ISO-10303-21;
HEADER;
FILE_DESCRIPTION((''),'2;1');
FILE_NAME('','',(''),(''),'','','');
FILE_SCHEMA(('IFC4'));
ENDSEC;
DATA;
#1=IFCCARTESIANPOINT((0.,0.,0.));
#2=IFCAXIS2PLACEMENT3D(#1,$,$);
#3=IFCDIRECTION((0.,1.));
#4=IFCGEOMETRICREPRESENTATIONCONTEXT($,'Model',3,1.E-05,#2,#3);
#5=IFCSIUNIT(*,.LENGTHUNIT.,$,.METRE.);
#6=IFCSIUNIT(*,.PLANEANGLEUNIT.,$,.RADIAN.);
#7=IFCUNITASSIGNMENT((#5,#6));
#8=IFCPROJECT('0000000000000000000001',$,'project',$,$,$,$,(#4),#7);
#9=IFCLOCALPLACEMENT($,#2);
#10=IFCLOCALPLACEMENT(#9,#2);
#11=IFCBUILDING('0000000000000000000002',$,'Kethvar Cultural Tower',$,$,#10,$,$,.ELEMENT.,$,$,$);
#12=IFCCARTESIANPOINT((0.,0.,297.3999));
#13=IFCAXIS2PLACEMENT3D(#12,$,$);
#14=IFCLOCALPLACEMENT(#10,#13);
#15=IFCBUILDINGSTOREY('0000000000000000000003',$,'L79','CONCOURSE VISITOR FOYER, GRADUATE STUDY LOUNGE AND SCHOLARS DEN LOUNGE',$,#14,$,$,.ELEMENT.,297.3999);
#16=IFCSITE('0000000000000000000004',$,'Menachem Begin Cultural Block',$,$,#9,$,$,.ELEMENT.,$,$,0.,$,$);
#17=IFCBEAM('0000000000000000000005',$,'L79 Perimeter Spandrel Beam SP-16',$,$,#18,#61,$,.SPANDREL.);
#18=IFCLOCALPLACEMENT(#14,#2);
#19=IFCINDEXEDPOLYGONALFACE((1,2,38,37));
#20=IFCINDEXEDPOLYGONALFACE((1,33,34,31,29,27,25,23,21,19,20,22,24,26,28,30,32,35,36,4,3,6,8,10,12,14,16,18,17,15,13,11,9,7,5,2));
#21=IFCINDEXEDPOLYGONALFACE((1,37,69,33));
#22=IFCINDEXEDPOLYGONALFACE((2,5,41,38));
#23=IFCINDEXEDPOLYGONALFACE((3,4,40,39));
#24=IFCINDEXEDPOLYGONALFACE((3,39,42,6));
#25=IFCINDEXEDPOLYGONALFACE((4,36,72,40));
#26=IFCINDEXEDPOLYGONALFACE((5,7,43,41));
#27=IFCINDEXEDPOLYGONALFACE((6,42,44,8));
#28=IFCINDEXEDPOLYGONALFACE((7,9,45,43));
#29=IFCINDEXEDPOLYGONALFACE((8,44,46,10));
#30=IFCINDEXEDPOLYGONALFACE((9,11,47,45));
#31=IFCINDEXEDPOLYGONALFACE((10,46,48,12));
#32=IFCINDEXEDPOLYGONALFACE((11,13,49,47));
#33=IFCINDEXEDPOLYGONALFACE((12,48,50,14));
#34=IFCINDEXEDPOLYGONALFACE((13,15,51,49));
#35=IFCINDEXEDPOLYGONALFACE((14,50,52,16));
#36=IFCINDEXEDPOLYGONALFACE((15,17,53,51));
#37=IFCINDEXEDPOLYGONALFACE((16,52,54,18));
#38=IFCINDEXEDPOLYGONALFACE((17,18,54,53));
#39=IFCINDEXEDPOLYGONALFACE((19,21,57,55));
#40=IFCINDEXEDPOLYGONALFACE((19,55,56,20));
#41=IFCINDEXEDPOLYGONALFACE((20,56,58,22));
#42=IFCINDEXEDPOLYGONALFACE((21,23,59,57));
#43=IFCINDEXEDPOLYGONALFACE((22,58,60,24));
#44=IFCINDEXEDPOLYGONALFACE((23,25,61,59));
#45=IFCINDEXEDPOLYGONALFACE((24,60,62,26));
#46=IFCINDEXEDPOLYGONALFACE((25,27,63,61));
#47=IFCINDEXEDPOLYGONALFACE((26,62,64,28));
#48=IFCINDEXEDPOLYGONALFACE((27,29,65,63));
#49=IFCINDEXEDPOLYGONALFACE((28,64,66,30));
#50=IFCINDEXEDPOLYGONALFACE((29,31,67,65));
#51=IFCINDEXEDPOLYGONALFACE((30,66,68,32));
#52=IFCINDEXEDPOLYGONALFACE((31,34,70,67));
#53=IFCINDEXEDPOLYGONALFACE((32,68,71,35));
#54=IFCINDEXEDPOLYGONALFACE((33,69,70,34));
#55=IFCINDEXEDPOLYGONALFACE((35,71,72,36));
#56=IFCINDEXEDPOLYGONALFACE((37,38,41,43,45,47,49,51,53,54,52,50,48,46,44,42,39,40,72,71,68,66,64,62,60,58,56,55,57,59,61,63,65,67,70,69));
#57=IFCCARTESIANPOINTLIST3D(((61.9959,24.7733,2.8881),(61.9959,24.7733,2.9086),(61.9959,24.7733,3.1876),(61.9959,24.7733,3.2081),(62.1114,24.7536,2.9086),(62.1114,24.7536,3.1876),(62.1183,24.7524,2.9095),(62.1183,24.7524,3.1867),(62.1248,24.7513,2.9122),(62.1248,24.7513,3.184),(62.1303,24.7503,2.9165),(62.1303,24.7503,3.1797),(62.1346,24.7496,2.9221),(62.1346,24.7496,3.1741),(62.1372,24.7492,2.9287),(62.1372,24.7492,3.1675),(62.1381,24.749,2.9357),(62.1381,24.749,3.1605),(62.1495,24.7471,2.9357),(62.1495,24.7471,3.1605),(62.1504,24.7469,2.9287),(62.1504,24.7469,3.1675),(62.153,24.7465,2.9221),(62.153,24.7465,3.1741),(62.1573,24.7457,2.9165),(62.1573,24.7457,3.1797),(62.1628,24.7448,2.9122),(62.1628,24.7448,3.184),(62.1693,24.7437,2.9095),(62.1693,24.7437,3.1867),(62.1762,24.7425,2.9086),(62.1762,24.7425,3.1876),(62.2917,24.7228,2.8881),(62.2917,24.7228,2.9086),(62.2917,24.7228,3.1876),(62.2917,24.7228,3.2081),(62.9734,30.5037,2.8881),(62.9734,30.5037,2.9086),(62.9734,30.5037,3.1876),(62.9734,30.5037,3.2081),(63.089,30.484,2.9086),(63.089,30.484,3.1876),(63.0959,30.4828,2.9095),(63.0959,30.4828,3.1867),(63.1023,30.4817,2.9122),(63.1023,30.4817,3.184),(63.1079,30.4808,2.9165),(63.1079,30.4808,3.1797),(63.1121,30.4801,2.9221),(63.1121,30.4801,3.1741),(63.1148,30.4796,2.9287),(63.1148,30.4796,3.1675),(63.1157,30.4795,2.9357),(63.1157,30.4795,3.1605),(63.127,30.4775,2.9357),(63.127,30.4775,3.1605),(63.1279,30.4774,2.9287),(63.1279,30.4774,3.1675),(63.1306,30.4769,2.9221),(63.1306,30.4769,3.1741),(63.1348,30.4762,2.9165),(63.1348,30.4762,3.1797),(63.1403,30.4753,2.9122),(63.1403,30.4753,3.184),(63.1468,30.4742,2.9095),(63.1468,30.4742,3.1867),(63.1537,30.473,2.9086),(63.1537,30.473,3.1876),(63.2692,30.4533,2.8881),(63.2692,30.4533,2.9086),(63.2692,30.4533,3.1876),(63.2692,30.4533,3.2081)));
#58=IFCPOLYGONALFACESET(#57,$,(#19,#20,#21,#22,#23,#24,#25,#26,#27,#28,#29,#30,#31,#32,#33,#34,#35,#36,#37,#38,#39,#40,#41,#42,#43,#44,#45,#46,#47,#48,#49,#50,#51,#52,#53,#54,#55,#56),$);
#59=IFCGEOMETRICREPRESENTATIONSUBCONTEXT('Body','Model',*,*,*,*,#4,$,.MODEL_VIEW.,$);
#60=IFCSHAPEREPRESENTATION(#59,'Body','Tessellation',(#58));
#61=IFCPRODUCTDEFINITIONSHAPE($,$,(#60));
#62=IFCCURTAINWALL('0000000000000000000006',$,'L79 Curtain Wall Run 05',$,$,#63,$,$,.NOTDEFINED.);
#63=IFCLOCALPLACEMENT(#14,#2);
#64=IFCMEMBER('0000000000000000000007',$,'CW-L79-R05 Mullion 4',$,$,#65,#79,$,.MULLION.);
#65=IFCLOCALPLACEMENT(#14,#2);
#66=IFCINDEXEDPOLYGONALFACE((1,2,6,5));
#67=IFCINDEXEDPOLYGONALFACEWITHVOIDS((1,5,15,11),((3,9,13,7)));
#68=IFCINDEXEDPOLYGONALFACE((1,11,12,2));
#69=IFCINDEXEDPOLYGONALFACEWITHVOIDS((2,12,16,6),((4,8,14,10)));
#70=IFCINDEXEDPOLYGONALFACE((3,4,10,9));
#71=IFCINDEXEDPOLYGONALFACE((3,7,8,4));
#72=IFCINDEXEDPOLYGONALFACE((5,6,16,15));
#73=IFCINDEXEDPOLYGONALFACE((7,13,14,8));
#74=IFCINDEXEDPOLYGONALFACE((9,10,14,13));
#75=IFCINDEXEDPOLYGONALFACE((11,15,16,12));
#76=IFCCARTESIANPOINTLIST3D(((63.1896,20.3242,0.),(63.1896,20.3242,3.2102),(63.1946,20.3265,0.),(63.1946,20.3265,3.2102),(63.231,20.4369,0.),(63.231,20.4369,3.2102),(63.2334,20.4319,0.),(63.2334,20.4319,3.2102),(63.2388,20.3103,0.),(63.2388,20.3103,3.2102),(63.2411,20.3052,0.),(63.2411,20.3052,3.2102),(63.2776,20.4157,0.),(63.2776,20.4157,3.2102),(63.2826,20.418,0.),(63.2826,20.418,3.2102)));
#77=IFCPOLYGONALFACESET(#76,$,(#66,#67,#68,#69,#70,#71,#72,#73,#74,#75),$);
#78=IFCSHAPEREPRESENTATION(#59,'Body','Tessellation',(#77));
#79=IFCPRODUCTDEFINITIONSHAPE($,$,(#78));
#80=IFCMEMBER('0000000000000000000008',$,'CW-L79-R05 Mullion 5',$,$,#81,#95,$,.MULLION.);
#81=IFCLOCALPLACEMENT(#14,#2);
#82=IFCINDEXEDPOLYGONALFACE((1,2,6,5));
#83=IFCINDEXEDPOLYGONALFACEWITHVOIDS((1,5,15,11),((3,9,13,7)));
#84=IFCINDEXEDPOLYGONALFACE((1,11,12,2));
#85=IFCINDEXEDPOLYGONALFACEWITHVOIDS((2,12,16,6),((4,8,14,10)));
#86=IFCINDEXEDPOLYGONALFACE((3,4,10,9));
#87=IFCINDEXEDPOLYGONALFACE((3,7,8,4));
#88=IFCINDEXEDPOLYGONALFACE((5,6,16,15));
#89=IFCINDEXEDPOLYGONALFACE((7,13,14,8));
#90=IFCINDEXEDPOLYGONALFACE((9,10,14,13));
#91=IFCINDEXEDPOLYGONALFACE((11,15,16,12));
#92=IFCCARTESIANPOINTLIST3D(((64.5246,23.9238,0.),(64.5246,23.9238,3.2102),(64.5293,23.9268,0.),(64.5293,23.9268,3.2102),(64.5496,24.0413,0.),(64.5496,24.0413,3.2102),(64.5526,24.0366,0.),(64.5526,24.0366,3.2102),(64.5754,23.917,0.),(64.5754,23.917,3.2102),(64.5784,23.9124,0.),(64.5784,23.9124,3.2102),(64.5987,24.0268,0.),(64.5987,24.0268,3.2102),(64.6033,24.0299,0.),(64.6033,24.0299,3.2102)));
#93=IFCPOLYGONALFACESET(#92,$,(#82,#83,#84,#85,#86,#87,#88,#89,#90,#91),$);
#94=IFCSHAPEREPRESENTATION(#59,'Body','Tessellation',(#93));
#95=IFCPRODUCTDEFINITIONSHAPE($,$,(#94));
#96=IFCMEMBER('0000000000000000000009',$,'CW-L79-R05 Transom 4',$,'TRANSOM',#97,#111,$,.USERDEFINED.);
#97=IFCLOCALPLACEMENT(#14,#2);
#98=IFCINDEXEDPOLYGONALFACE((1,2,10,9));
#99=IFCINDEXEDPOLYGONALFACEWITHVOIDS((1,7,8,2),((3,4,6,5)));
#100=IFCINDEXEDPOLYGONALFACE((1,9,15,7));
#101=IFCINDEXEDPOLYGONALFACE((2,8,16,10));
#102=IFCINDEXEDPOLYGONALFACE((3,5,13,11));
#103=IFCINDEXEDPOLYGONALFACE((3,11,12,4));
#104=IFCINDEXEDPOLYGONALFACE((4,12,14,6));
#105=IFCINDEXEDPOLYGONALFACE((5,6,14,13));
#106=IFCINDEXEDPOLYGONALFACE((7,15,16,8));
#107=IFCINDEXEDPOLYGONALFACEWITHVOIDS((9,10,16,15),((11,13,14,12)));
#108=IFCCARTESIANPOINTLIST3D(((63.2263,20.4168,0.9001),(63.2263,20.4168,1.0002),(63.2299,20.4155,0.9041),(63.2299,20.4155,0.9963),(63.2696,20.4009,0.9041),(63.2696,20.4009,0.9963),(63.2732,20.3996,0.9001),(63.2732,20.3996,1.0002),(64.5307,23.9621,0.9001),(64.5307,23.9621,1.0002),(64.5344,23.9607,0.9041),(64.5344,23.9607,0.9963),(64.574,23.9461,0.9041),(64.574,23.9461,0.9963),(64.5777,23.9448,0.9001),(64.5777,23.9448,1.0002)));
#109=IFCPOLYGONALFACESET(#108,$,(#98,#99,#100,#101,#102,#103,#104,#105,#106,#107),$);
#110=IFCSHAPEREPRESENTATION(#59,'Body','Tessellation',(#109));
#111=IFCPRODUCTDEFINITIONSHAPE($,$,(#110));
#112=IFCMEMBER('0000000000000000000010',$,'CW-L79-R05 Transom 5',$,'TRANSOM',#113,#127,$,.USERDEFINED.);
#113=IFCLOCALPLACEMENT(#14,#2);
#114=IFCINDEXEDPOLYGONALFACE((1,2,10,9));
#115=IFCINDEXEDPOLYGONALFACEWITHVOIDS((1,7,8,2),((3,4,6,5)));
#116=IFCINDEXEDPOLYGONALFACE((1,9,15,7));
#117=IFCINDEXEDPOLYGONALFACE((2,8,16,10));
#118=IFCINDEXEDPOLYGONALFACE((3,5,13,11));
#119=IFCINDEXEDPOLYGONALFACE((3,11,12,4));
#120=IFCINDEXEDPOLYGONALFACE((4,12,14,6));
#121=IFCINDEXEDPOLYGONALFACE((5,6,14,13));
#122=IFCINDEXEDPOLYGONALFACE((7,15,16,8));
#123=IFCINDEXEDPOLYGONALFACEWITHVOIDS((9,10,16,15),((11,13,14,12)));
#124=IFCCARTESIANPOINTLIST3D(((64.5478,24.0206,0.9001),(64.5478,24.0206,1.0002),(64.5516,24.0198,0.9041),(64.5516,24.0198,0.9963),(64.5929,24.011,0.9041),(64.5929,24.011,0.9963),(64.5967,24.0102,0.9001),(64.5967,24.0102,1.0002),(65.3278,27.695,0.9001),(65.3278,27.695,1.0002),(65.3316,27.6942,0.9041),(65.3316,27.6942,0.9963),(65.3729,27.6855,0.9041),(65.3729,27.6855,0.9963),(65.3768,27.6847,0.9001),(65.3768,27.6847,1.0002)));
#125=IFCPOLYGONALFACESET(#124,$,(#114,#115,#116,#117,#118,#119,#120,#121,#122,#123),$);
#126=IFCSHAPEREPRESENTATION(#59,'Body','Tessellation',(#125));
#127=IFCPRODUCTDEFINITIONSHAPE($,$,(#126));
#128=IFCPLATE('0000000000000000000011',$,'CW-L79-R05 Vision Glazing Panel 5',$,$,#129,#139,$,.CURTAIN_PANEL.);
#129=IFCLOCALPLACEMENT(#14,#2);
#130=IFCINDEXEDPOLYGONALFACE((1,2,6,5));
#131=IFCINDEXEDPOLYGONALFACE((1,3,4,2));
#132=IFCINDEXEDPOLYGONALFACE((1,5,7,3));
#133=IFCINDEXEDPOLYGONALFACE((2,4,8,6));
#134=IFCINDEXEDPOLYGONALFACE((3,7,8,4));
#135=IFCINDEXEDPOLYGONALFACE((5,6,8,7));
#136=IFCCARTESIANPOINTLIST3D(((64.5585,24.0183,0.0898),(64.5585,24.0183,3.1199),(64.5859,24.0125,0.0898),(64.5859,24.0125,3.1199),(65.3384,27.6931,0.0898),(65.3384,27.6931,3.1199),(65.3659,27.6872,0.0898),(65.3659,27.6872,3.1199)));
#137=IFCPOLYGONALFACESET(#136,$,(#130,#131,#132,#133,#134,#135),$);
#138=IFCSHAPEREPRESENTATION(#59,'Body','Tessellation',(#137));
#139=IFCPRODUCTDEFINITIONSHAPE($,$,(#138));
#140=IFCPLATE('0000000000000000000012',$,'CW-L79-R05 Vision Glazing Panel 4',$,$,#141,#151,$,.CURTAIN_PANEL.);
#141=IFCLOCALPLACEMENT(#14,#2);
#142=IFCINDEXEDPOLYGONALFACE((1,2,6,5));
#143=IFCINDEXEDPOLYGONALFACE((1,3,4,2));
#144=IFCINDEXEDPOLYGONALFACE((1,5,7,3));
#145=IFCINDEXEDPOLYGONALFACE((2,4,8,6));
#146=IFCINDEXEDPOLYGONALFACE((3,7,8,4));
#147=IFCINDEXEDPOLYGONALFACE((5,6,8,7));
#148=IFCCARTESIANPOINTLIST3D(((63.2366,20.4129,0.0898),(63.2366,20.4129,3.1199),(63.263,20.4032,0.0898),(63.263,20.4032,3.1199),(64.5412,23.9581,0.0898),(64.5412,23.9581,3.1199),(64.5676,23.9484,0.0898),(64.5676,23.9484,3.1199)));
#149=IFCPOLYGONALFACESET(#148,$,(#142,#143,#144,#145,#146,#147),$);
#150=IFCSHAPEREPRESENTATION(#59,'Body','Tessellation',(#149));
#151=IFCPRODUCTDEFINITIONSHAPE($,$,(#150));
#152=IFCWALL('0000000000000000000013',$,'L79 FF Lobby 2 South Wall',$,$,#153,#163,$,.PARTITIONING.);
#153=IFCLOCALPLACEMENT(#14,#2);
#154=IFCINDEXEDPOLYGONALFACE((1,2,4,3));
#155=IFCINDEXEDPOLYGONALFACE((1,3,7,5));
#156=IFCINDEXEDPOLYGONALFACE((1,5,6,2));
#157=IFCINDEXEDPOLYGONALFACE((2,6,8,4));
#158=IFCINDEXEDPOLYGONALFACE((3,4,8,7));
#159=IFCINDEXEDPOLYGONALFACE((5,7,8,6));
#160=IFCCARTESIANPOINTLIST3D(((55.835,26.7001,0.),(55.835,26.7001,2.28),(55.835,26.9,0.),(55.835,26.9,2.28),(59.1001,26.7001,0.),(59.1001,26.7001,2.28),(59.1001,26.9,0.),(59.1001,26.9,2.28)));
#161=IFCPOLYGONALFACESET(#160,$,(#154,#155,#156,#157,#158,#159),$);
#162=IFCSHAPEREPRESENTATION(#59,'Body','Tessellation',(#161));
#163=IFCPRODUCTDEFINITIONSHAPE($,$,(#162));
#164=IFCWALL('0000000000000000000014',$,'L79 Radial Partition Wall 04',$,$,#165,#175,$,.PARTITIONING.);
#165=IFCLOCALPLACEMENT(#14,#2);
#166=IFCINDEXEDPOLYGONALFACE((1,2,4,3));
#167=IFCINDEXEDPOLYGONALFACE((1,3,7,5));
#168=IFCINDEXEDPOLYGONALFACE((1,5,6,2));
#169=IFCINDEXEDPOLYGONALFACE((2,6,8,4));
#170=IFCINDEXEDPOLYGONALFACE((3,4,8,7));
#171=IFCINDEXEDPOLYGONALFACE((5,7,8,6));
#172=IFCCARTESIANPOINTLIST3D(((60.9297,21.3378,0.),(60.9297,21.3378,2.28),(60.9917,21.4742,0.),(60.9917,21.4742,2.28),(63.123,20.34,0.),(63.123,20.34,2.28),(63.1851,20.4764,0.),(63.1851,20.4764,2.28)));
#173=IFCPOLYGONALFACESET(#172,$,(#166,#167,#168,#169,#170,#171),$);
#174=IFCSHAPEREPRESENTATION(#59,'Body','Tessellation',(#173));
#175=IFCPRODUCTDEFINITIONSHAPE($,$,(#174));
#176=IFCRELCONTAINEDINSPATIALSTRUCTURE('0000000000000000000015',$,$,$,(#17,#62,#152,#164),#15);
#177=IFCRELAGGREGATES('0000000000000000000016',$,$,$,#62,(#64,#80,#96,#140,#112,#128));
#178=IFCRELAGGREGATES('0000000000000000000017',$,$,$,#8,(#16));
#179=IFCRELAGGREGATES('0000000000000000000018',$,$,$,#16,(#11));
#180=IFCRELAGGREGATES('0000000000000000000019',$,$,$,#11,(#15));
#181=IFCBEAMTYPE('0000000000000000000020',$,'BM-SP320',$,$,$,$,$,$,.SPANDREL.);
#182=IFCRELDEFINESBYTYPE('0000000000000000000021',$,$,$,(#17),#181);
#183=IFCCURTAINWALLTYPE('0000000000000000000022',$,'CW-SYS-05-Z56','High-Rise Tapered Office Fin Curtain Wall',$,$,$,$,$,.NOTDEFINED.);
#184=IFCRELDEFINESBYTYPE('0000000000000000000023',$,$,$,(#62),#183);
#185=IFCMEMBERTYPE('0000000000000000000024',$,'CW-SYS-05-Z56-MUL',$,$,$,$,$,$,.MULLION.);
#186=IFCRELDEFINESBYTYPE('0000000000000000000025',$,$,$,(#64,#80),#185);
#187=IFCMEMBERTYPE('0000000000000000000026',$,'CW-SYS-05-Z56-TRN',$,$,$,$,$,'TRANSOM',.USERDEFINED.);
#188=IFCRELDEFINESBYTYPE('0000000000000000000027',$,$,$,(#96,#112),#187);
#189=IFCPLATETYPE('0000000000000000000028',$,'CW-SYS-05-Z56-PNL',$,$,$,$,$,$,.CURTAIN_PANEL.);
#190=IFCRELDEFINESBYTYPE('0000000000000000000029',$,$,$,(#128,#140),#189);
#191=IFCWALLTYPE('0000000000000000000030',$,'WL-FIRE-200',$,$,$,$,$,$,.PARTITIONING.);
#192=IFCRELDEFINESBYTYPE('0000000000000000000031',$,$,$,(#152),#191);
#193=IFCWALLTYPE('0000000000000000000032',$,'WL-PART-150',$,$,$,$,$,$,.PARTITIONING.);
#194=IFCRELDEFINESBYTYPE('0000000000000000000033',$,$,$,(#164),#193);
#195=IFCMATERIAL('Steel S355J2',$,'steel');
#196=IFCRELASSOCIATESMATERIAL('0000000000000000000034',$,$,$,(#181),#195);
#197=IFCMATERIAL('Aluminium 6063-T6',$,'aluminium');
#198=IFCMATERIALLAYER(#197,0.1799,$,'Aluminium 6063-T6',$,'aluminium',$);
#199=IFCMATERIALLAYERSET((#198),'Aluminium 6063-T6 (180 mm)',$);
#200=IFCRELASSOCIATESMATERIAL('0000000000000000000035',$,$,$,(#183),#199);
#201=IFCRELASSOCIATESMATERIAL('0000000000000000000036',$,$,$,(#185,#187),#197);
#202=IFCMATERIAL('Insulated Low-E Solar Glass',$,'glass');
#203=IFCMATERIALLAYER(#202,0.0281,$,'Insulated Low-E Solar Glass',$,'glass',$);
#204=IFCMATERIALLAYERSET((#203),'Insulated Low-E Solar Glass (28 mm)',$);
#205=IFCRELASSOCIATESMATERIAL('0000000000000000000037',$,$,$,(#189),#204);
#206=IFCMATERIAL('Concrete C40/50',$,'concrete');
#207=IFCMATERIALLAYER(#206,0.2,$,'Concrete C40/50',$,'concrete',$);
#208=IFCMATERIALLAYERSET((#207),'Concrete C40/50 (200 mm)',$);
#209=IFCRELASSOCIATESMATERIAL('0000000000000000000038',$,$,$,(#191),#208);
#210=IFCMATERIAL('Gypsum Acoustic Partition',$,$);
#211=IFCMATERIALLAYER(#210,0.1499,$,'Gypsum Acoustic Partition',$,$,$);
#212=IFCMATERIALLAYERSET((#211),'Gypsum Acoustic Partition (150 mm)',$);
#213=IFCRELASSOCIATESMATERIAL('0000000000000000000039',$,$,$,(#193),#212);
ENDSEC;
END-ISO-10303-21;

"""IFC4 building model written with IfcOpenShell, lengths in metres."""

from ifc_helpers import new_model, si_unit, direction, frame, frame_2d, origin, origin_2d, place, context, subcontext, project, spatial, rectangle, hollow_rectangle, i_section, extrude, source, transform, mapped, material, layer, layer_set, material_profile, profile_set, type_object, element, aggregate, save


model = new_model("IFC4")

# Units and contexts
model_context = context("Model", 3, precision=1e-05, world=origin(), true_north=direction((0.0, 1.0)))
body_context = subcontext(model_context, "Body", "Model", "MODEL_VIEW")
ifc_project = project(units=[si_unit("LENGTHUNIT", "METRE"), si_unit("PLANEANGLEUNIT", "RADIAN")], contexts=[model_context])

# Site, building, storey
site_placement = place(None, origin())
site = spatial("IfcSite", under=ifc_project, at=site_placement, Name="Menachem Begin Cultural Block", CompositionType="ELEMENT", RefElevation=0.0)
building_placement = place(site_placement, origin())
building = spatial("IfcBuilding", under=site, at=building_placement, Name="Kethvar Cultural Tower", CompositionType="ELEMENT")
storey_placement = place(building_placement, frame((0.0, 0.0, 297.3999)))
storey = spatial("IfcBuildingStorey", under=building, at=storey_placement, Name="L79", Description="CONCOURSE VISITOR FOYER, GRADUATE STUDY LOUNGE AND SCHOLARS DEN LOUNGE", CompositionType="ELEMENT", Elevation=297.3999)

# Shared definitions
ifc_material_1 = material(Name="Steel S355J2", Category="steel")

# Beam
ifc_material_profile_1 = material_profile(ifc_material_1, i_section(OverallWidth=0.3, OverallDepth=0.3201, WebThickness=0.0115, FlangeThickness=0.0205, FilletRadius=0.0271, at=origin_2d()), Name="Steel S355J2 — HEB320")
ifc_profile_set_1 = profile_set([ifc_material_profile_1], Name="Steel S355J2 — HEB320")
beam_type_1 = type_object("IfcBeamType", Name="BM-SP320", PredefinedType="SPANDREL", material=ifc_profile_set_1)
shared_shape_1 = source(origin(), body_context, "Body", "SweptSolid", [
    extrude(i_section(OverallWidth=0.3, OverallDepth=0.3201, WebThickness=0.0115, FlangeThickness=0.0205, FilletRadius=0.0271, at=origin_2d()), origin(), (0.0, 0.0, 1.0), 5.8132),
])
beam_1_placement = place(storey_placement, frame((62.1438, 24.748, 3.0481), z_axis=(0.168157, 0.98576, 0.0), x_axis=(-0.98576, 0.168157, 0.0)))
element("IfcBeam", 1, at=beam_1_placement, inside=storey, type_object=beam_type_1, Name="L79 Perimeter Spandrel Beam SP-16", PredefinedType="SPANDREL", context=body_context, shape_type="MappedRepresentation", body=[
    mapped(shared_shape_1, transform((0.0, 0.0, 0.0), scale=1.0)),
])

# Curtain wall, members, plates
ifc_material_2 = material(Name="Aluminium 6063-T6", Category="aluminium")
ifc_layer_1 = layer(ifc_material_2, 0.1799, Name="Aluminium 6063-T6", Category="aluminium")
ifc_layer_set_1 = layer_set([ifc_layer_1], Name="Aluminium 6063-T6 (180 mm)")
curtain_wall_type = type_object("IfcCurtainWallType", Name="CW-SYS-05-Z56", Description="High-Rise Tapered Office Fin Curtain Wall", PredefinedType="NOTDEFINED", material=ifc_layer_set_1)
curtain_wall_placement = place(storey_placement, origin())
curtain_wall = element("IfcCurtainWall", 2, at=curtain_wall_placement, inside=storey, type_object=curtain_wall_type, Name="L79 Curtain Wall Run 05", PredefinedType="NOTDEFINED")
ifc_material_profile_2 = material_profile(ifc_material_2, hollow_rectangle(XDim=0.0549, YDim=0.1201, WallThickness=0.0039, at=origin_2d()), Name="Aluminium 6063-T6 — RHS120x55x4")
ifc_profile_set_2 = profile_set([ifc_material_profile_2], Name="Aluminium 6063-T6 — RHS120x55x4")
member_type_1 = type_object("IfcMemberType", Name="CW-SYS-05-Z56-MUL", PredefinedType="MULLION", material=ifc_profile_set_2)
shared_shape_2 = source(origin(), body_context, "Body", "SweptSolid", [
    extrude(hollow_rectangle(XDim=0.0549, YDim=0.1201, WallThickness=0.0039, at=origin_2d()), origin(), (0.0, 0.0, 1.0), 3.2102),
])
member_1_placement = place(storey_placement, frame((63.2361, 20.3711, 0.0), z_axis=(0.0, 0.0, 1.0), x_axis=(-0.938475, 0.345347, 0.0)))
member_1 = element("IfcMember", 3, at=member_1_placement, type_object=member_type_1, Name="CW-L79-R05 Mullion 4", PredefinedType="MULLION", context=body_context, shape_type="MappedRepresentation", body=[
    mapped(shared_shape_2, transform((0.0, 0.0, 0.0), scale=1.0)),
])
member_2_placement = place(storey_placement, frame((64.564, 23.9768, 0.0), z_axis=(0.0, 0.0, 1.0), x_axis=(-0.978209, 0.207621, 0.0)))
member_2 = element("IfcMember", 4, at=member_2_placement, type_object=member_type_1, Name="CW-L79-R05 Mullion 5", PredefinedType="MULLION", context=body_context, shape_type="MappedRepresentation", body=[
    mapped(shared_shape_2, transform((0.0, 0.0, 0.0), scale=1.0)),
])
ifc_material_profile_3 = material_profile(ifc_material_2, hollow_rectangle(XDim=0.05, YDim=0.1001, WallThickness=0.0039, at=origin_2d()), Name="Aluminium 6063-T6 — RHS100x50x4")
ifc_profile_set_3 = profile_set([ifc_material_profile_3], Name="Aluminium 6063-T6 — RHS100x50x4")
member_type_2 = type_object("IfcMemberType", Name="CW-SYS-05-Z56-TRN", ElementType="TRANSOM", PredefinedType="USERDEFINED", material=ifc_profile_set_3)
shared_shape_3 = source(origin(), body_context, "Body", "SweptSolid", [
    extrude(hollow_rectangle(XDim=0.05, YDim=0.1001, WallThickness=0.0039, at=origin_2d()), origin(), (0.0, 0.0, 1.0), 3.7776),
])
member_3_placement = place(storey_placement, frame((63.2498, 20.4082, 0.9502), z_axis=(0.345316, 0.938486, 0.0), x_axis=(-0.938486, 0.345316, 0.0)))
member_3 = element("IfcMember", 5, at=member_3_placement, type_object=member_type_2, Name="CW-L79-R05 Transom 4", ObjectType="TRANSOM", PredefinedType="USERDEFINED", context=body_context, shape_type="MappedRepresentation", body=[
    mapped(shared_shape_3, transform((0.0, 0.0, 0.0), scale=1.0)),
])
shared_shape_4 = source(origin(), body_context, "Body", "SweptSolid", [
    extrude(hollow_rectangle(XDim=0.05, YDim=0.1001, WallThickness=0.0039, at=origin_2d()), origin(), (0.0, 0.0, 1.0), 3.7563),
])
member_4_placement = place(storey_placement, frame((64.5723, 24.0154, 0.9502), z_axis=(0.207651, 0.978203, 0.0), x_axis=(-0.978203, 0.207651, 0.0)))
member_4 = element("IfcMember", 6, at=member_4_placement, type_object=member_type_2, Name="CW-L79-R05 Transom 5", ObjectType="TRANSOM", PredefinedType="USERDEFINED", context=body_context, shape_type="MappedRepresentation", body=[
    mapped(shared_shape_4, transform((0.0, 0.0, 0.0), scale=1.0)),
])
ifc_material_3 = material(Name="Insulated Low-E Solar Glass", Category="glass")
ifc_layer_2 = layer(ifc_material_3, 0.0281, Name="Insulated Low-E Solar Glass", Category="glass")
ifc_layer_set_2 = layer_set([ifc_layer_2], Name="Insulated Low-E Solar Glass (28 mm)")
plate_type = type_object("IfcPlateType", Name="CW-SYS-05-Z56-PNL", PredefinedType="CURTAIN_PANEL", material=ifc_layer_set_2)
shared_shape_5 = source(origin(), body_context, "Body", "SweptSolid", [
    extrude(rectangle(XDim=3.7566, YDim=0.0281, at=origin_2d()), origin(), (0.0, 0.0, 1.0), 3.03),
])
plate_1_placement = place(storey_placement, frame((64.9622, 25.8528, 0.0898), z_axis=(0.0, 0.0, 1.0), x_axis=(0.207621, 0.978209, 0.0)))
plate_1 = element("IfcPlate", 7, at=plate_1_placement, type_object=plate_type, Name="CW-L79-R05 Vision Glazing Panel 5", PredefinedType="CURTAIN_PANEL", context=body_context, shape_type="MappedRepresentation", body=[
    mapped(shared_shape_5, transform((0.0, 0.0, 0.0), scale=1.0)),
])
shared_shape_6 = source(origin(), body_context, "Body", "SweptSolid", [
    extrude(rectangle(XDim=3.7776, YDim=0.0281, at=origin_2d()), origin(), (0.0, 0.0, 1.0), 3.03),
])
plate_2_placement = place(storey_placement, frame((63.9021, 22.1807, 0.0898), z_axis=(0.0, 0.0, 1.0), x_axis=(0.345347, 0.938475, 0.0)))
plate_2 = element("IfcPlate", 8, at=plate_2_placement, type_object=plate_type, Name="CW-L79-R05 Vision Glazing Panel 4", PredefinedType="CURTAIN_PANEL", context=body_context, shape_type="MappedRepresentation", body=[
    mapped(shared_shape_6, transform((0.0, 0.0, 0.0), scale=1.0)),
])
aggregate(curtain_wall, [member_1, member_2, member_3, plate_2, member_4, plate_1])

# Shared definitions
ifc_material_4 = material(Name="Concrete C40/50", Category="concrete")
ifc_layer_3 = layer(ifc_material_4, 0.2, Name="Concrete C40/50", Category="concrete")
ifc_layer_set_3 = layer_set([ifc_layer_3], Name="Concrete C40/50 (200 mm)")
wall_type_1 = type_object("IfcWallType", Name="WL-FIRE-200", PredefinedType="PARTITIONING", material=ifc_layer_set_3)

# Walls
wall_1_placement = place(storey_placement, frame((55.835, 26.8, 0.0), z_axis=(0.0, 0.0, 1.0), x_axis=(1.0, 0.0, 0.0)))
element("IfcWall", 9, at=wall_1_placement, inside=storey, type_object=wall_type_1, Name="L79 FF Lobby 2 South Wall", PredefinedType="PARTITIONING", context=body_context, shape_type="SweptSolid", body=[
    extrude(rectangle(XDim=3.2651, YDim=0.2, at=frame_2d((1.6326, 0.0))), origin(), (0.0, 0.0, 1.0), 2.28),
])
ifc_material_5 = material(Name="Gypsum Acoustic Partition")
ifc_layer_4 = layer(ifc_material_5, 0.1499, Name="Gypsum Acoustic Partition")
ifc_layer_set_4 = layer_set([ifc_layer_4], Name="Gypsum Acoustic Partition (150 mm)")
wall_type_2 = type_object("IfcWallType", Name="WL-PART-150", PredefinedType="PARTITIONING", material=ifc_layer_set_4)
wall_2_placement = place(storey_placement, frame((60.9607, 21.406, 0.0), z_axis=(0.0, 0.0, 1.0), x_axis=(0.910238, -0.414085, 0.0)))
element("IfcWall", 10, at=wall_2_placement, inside=storey, type_object=wall_type_2, Name="L79 Radial Partition Wall 04", PredefinedType="PARTITIONING", context=body_context, shape_type="SweptSolid", body=[
    extrude(rectangle(XDim=2.4097, YDim=0.1499, at=frame_2d((1.2048, 0.0))), origin(), (0.0, 0.0, 1.0), 2.28),
])

save(model, "model.ifc")
